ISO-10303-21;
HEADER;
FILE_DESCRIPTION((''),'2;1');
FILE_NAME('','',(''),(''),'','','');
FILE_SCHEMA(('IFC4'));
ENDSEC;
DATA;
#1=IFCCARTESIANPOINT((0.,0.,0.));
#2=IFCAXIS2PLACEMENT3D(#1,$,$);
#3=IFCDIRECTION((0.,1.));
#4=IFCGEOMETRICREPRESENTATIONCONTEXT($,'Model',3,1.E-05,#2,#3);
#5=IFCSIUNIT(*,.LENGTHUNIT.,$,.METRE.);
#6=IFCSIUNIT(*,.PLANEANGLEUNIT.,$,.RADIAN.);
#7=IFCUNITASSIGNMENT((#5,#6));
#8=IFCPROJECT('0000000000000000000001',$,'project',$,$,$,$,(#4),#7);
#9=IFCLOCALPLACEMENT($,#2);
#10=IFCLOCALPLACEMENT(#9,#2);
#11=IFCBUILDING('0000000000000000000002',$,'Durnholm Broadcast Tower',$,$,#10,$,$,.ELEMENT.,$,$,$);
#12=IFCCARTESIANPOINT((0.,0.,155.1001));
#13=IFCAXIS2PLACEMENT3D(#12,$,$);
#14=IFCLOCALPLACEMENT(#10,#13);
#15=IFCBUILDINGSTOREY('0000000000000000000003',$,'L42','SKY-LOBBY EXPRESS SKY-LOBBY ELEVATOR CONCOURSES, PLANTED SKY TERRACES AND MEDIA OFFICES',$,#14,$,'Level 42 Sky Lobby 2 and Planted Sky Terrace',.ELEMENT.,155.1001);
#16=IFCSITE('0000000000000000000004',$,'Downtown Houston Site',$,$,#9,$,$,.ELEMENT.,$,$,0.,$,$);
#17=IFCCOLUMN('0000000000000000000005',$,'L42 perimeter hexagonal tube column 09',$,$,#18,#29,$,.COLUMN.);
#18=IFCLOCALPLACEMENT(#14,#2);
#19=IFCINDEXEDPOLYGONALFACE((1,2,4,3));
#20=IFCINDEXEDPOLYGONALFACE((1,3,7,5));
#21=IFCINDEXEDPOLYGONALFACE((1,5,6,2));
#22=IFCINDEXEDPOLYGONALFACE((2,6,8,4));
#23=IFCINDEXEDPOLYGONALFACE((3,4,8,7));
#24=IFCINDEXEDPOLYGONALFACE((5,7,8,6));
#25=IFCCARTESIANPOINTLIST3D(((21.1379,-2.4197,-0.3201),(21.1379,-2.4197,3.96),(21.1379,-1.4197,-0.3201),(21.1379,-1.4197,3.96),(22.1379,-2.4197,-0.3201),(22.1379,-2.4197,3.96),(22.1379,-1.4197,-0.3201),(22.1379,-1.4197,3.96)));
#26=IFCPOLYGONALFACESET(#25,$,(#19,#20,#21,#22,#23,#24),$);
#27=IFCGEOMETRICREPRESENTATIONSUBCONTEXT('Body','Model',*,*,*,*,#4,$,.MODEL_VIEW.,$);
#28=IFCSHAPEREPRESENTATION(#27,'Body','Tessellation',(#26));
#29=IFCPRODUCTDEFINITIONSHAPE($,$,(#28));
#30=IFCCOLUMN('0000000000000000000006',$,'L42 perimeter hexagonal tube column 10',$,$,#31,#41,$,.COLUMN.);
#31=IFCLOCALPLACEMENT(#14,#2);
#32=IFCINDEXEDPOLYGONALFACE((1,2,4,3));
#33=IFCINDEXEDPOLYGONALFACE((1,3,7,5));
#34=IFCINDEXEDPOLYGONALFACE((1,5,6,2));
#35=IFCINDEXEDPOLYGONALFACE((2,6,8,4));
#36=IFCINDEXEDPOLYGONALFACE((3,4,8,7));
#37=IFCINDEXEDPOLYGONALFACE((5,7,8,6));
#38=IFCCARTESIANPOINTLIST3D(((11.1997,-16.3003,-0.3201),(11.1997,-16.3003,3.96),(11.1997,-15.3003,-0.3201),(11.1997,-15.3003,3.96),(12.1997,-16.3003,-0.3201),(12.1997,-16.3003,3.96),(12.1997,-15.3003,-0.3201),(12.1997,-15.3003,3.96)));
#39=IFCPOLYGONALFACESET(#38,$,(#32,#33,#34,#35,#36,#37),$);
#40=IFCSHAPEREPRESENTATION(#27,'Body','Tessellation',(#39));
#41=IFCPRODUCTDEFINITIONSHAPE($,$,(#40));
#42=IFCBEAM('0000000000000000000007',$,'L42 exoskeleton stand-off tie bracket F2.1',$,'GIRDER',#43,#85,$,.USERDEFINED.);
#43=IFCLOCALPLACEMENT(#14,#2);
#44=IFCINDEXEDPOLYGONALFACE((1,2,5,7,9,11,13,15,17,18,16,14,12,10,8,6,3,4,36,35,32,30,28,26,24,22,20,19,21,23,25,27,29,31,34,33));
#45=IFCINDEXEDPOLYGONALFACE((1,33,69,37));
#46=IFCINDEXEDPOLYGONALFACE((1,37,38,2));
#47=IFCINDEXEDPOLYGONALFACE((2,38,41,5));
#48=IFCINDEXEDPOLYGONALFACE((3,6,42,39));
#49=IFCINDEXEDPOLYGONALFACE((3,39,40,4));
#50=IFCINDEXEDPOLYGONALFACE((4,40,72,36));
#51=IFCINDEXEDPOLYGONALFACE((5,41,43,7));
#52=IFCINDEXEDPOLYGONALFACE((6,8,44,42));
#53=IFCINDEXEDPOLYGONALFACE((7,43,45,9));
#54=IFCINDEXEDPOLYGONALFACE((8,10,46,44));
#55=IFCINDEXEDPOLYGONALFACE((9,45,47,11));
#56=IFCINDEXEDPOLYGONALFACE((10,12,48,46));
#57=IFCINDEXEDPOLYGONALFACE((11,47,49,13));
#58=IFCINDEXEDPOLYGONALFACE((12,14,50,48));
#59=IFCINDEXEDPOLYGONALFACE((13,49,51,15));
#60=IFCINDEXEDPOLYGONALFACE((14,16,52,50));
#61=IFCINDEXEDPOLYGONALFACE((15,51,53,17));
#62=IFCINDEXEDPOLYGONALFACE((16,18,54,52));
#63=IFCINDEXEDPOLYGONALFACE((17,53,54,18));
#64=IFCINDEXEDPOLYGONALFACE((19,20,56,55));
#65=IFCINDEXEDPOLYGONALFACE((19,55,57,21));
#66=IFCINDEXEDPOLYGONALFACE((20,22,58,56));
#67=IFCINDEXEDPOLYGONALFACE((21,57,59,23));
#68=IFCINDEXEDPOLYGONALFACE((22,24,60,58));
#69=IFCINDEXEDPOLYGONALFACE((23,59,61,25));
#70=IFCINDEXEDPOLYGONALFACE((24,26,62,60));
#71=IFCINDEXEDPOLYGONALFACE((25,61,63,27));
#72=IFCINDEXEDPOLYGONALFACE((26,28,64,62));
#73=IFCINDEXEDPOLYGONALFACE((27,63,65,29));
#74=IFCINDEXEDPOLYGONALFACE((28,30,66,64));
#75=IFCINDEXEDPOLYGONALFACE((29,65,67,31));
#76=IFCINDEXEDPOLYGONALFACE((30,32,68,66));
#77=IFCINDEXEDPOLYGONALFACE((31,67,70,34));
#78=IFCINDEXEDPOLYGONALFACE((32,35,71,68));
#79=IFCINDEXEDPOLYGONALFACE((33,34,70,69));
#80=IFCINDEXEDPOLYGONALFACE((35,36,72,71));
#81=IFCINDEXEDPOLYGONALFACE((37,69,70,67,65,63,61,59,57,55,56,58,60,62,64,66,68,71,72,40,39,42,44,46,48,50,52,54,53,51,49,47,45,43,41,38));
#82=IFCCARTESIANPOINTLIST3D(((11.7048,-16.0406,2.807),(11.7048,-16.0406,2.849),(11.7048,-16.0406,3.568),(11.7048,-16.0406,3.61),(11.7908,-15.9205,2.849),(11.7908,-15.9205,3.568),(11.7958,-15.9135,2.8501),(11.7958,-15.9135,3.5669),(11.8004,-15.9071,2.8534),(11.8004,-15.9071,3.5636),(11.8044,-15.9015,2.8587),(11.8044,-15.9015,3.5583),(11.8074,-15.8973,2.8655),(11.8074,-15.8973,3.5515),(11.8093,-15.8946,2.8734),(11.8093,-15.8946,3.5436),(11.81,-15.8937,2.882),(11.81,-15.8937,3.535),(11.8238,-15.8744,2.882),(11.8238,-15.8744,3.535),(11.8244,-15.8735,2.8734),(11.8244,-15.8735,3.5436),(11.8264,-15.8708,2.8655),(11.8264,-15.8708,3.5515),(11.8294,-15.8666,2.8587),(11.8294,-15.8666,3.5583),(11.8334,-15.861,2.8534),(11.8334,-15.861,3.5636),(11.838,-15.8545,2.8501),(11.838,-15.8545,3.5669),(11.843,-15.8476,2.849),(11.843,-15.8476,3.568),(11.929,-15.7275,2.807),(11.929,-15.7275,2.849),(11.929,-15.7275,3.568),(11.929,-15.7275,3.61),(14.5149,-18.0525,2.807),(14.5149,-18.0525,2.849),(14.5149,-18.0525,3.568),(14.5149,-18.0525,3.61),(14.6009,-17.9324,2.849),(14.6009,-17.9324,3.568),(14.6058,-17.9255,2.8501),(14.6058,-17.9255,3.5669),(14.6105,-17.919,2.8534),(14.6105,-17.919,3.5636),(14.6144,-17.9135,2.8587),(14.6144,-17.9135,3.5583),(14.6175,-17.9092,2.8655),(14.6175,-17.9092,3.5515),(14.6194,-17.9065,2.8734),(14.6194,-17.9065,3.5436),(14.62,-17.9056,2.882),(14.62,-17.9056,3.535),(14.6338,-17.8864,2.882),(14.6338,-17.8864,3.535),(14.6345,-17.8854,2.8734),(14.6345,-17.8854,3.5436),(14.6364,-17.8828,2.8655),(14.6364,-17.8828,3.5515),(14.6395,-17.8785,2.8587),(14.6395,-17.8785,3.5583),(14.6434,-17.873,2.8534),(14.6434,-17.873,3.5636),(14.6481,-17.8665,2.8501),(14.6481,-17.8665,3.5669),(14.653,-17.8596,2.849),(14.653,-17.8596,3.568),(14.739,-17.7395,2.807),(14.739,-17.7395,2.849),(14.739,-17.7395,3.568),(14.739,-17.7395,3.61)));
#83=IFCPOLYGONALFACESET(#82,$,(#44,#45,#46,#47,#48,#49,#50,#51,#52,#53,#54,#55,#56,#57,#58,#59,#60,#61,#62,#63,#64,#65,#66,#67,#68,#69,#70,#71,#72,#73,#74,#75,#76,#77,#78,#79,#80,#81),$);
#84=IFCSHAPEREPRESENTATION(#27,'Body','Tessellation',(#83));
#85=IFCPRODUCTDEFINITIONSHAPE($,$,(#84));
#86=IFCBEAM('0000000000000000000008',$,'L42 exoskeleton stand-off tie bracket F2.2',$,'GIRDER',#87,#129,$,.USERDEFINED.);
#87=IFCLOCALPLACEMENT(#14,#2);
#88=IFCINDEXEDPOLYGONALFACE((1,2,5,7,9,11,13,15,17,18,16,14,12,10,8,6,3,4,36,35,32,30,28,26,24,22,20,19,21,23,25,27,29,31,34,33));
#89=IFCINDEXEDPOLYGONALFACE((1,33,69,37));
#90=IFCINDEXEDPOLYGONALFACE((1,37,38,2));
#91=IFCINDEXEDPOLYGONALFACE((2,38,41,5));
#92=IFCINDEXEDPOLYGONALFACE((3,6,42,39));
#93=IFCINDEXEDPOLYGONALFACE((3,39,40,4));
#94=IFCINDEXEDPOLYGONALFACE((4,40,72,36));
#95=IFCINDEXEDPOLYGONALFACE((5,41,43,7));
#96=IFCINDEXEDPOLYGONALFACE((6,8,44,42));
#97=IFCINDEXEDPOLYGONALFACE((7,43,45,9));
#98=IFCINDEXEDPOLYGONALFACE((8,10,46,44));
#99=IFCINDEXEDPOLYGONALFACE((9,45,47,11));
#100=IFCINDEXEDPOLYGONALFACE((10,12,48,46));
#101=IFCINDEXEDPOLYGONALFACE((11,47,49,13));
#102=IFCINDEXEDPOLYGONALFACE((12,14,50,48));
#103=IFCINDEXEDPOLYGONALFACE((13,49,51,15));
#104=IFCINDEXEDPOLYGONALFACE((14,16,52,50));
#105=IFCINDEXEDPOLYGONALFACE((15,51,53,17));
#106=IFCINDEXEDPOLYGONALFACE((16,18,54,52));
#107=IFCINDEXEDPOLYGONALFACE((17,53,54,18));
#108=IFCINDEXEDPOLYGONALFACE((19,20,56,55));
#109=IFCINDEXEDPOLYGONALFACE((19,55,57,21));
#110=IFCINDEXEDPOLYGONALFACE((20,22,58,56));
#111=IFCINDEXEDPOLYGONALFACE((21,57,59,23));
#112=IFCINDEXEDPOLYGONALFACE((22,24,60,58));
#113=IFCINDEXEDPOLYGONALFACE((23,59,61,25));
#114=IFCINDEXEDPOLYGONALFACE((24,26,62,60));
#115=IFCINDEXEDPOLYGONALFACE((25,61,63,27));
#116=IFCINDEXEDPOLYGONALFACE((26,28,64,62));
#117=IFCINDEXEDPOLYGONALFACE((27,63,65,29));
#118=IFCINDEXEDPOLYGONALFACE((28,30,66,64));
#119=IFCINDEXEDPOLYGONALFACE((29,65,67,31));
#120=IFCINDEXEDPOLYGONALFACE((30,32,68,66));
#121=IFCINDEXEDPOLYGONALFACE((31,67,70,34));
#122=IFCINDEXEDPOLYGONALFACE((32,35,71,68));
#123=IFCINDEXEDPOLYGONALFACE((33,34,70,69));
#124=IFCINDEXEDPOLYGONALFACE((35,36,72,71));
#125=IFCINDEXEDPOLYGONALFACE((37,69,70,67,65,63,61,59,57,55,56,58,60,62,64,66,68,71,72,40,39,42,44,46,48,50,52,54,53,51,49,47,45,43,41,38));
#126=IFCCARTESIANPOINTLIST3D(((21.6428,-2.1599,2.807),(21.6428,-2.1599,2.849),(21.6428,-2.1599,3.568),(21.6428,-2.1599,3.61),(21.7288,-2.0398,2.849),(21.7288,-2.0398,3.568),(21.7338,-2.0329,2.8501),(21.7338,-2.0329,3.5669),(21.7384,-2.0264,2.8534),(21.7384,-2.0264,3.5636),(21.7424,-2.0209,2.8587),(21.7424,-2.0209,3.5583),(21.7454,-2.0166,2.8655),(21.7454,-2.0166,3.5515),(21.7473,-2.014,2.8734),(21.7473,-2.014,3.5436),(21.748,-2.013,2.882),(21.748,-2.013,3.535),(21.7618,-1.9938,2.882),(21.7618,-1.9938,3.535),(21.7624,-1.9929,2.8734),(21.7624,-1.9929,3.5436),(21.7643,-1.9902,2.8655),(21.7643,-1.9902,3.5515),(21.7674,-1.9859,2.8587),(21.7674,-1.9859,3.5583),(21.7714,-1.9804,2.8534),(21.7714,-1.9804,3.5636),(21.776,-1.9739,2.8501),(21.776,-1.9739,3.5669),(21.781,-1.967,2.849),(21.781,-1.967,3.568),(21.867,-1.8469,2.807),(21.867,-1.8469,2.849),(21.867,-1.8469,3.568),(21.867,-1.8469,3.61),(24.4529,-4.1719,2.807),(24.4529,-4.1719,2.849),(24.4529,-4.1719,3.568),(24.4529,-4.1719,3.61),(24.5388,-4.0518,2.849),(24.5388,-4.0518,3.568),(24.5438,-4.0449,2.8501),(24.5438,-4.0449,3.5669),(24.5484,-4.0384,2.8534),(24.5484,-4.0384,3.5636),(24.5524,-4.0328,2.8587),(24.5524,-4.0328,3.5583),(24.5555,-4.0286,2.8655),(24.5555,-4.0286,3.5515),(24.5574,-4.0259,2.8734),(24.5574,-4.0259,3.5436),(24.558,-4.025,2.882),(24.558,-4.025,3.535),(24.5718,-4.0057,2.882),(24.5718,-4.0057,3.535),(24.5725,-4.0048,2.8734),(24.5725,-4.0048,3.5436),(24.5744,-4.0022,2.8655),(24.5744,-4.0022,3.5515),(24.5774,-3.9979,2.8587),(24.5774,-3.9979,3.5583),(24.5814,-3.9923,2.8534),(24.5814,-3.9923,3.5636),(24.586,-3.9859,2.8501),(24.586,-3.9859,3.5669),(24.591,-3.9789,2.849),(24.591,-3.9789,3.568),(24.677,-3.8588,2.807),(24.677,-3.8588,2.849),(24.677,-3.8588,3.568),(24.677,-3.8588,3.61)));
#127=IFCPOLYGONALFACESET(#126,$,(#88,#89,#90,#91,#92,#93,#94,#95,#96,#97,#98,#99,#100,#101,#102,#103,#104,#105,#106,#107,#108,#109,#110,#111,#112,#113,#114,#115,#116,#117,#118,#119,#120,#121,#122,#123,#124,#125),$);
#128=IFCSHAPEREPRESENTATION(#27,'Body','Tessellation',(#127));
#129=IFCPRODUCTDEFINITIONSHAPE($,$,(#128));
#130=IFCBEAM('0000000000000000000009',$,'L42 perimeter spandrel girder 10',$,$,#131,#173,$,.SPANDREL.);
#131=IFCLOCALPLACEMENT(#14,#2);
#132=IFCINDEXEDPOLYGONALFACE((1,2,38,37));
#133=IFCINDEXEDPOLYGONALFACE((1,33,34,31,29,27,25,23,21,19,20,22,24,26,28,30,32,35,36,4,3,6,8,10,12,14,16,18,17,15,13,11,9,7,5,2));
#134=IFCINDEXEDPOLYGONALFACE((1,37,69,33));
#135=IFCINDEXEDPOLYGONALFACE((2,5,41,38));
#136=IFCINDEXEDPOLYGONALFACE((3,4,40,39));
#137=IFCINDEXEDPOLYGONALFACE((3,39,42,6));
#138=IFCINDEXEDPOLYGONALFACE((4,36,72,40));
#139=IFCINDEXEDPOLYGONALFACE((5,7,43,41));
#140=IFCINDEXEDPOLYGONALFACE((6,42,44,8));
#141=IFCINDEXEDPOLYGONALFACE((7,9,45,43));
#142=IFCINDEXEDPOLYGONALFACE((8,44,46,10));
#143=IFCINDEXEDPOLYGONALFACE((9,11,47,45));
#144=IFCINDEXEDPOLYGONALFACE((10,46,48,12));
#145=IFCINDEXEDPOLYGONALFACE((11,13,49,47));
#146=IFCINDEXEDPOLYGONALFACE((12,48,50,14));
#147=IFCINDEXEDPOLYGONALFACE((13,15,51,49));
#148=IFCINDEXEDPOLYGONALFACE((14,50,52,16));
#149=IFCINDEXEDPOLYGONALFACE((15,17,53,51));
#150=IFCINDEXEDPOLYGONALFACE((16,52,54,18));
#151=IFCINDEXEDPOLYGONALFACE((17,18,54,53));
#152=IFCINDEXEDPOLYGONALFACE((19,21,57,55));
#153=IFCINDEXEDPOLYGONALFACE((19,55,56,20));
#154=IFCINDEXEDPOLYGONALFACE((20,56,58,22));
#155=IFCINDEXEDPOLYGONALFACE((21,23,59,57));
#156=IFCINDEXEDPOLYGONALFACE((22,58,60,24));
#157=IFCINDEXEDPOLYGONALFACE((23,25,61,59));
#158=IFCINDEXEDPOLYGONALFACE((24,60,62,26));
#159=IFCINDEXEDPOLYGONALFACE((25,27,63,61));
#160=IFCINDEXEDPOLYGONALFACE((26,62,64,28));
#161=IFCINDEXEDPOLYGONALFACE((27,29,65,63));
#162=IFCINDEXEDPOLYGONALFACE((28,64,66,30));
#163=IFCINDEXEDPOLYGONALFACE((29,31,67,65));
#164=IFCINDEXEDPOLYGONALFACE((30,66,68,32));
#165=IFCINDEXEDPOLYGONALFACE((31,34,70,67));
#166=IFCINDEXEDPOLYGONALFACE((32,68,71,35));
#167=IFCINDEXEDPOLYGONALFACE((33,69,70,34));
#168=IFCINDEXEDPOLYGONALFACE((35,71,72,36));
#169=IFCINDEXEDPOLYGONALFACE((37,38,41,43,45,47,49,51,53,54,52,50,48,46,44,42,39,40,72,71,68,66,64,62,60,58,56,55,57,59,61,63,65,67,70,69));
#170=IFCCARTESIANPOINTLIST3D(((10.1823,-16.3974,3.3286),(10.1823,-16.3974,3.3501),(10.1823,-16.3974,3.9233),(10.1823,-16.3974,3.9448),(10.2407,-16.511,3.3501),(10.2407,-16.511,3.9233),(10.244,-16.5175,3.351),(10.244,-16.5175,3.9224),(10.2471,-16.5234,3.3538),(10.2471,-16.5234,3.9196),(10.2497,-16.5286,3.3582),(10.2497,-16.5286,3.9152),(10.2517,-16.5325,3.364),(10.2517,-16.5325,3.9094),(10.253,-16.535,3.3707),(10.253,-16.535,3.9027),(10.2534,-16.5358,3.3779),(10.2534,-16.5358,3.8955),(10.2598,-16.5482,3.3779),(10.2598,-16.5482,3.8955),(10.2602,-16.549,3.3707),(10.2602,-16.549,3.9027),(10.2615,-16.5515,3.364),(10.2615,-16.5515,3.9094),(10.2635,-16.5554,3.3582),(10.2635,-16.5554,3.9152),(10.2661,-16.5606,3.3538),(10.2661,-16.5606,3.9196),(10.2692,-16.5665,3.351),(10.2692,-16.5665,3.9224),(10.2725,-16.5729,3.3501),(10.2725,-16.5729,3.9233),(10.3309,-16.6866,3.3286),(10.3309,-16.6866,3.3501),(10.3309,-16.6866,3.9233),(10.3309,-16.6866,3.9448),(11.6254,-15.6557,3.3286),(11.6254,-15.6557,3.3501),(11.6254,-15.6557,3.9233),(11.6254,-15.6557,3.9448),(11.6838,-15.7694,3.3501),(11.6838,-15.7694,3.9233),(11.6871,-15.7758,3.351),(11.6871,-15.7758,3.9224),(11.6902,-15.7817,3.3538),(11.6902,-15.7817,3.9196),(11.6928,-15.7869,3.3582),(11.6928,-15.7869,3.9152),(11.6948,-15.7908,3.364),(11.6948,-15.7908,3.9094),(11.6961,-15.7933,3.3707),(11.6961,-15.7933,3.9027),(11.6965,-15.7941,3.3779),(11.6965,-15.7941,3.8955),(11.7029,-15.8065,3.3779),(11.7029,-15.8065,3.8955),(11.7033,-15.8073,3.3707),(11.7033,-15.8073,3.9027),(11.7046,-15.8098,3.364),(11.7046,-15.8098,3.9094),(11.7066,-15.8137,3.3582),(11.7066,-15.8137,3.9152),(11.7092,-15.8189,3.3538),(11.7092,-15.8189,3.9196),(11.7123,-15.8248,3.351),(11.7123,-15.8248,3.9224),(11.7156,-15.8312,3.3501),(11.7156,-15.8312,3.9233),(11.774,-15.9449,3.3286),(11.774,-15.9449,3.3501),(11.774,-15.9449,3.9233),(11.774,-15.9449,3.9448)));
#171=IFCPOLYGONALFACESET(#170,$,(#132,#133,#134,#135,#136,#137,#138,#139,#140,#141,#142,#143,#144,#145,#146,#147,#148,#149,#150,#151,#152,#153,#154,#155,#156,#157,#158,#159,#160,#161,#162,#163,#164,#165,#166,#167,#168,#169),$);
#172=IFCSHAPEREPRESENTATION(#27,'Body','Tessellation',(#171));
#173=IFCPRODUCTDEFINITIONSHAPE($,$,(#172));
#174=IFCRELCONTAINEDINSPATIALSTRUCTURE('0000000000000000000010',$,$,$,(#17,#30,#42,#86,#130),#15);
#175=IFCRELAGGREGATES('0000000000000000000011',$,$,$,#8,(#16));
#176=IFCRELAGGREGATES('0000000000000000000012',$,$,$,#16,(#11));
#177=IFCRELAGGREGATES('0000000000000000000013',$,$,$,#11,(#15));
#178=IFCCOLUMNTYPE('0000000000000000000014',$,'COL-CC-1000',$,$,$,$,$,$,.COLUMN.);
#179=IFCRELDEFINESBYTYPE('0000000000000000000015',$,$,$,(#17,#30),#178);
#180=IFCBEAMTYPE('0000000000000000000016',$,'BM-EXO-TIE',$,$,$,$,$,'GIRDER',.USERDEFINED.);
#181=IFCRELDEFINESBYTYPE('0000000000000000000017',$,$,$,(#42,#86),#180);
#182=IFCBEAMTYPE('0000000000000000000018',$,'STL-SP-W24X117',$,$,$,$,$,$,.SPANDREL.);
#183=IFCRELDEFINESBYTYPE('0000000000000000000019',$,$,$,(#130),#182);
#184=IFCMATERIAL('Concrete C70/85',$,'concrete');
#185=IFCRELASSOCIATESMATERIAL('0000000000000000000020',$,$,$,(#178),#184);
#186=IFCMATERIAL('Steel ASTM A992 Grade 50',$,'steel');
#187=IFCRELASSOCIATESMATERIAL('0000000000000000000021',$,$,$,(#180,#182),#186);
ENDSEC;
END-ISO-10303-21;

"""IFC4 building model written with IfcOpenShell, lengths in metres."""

from ifc_helpers import new_model, si_unit, direction, frame, origin, origin_2d, place, context, subcontext, project, spatial, rectangle, i_section, extrude, source, transform, mapped, material, material_profile, profile_set, type_object, type_shapes, element, save


model = new_model("IFC4")

# Units and contexts
model_context = context("Model", 3, precision=1e-05, world=origin(), true_north=direction((0.0, 1.0)))
body_context = subcontext(model_context, "Body", "Model", "MODEL_VIEW")
ifc_project = project(units=[si_unit("LENGTHUNIT", "METRE"), si_unit("PLANEANGLEUNIT", "RADIAN")], contexts=[model_context])

# Site, building, storey
site_placement = place(None, origin())
site = spatial("IfcSite", under=ifc_project, at=site_placement, Name="Downtown Houston Site", CompositionType="ELEMENT", RefElevation=0.0)
building_placement = place(site_placement, origin())
building = spatial("IfcBuilding", under=site, at=building_placement, Name="Durnholm Broadcast Tower", CompositionType="ELEMENT")
storey_placement = place(building_placement, frame((0.0, 0.0, 155.1001)))
storey = spatial("IfcBuildingStorey", under=building, at=storey_placement, Name="L42", Description="SKY-LOBBY EXPRESS SKY-LOBBY ELEVATOR CONCOURSES, PLANTED SKY TERRACES AND MEDIA OFFICES", LongName="Level 42 Sky Lobby 2 and Planted Sky Terrace", CompositionType="ELEMENT", Elevation=155.1001)

# Columns
ifc_material_1 = material(Name="Concrete C70/85", Category="concrete")
ifc_material_profile_1 = material_profile(ifc_material_1, rectangle(XDim=1.0, YDim=1.0, at=origin_2d()), Name="RC1000X1000")
ifc_profile_set_1 = profile_set([ifc_material_profile_1], Name="Concrete C70/85")
column_type = type_object("IfcColumnType", Name="COL-CC-1000", PredefinedType="COLUMN", material=ifc_profile_set_1)
shared_shape_1 = source(origin(), body_context, "Body", "SweptSolid", [
    extrude(rectangle(XDim=1.0, YDim=1.0, at=origin_2d()), origin(), (0.0, 0.0, 1.0), 4.28),
])
type_shapes(column_type, [shared_shape_1])
for number, where, z_axis, x_axis, name in (
    (1, (21.6379, -1.9197, -0.3201), (0.0, 0.0, 1.0), (1.0, 0.0, 0.0), "L42 perimeter hexagonal tube column 09"),
    (2, (11.6997, -15.8003, -0.3201), (0.0, 0.0, 1.0), (1.0, 0.0, 0.0), "L42 perimeter hexagonal tube column 10"),
):
    element("IfcColumn", number, at=place(storey_placement, frame(where, z_axis=z_axis, x_axis=x_axis)), inside=storey, type_object=column_type, Name=name, PredefinedType="COLUMN", context=body_context, shape_type="MappedRepresentation", body=[
        mapped(shared_shape_1, transform((0.0, 0.0, 0.0), x_axis=(1.0, 0.0, 0.0), y_axis=(0.0, 1.0, 0.0), z_axis=(0.0, 0.0, 1.0), scale=1.0)),
    ])

# Beams
ifc_material_2 = material(Name="Steel ASTM A992 Grade 50", Category="steel")
ifc_material_profile_2 = material_profile(ifc_material_2, i_section(OverallWidth=0.385, OverallDepth=0.803, WebThickness=0.0237, FlangeThickness=0.042, FilletRadius=0.033, at=origin_2d()), Name="W30X261")
ifc_profile_set_2 = profile_set([ifc_material_profile_2], Name="Steel ASTM A992 Grade 50")
beam_type_1 = type_object("IfcBeamType", Name="BM-EXO-TIE", ElementType="GIRDER", PredefinedType="USERDEFINED", material=ifc_profile_set_2)
shared_shape_2 = source(origin(), body_context, "Body", "SweptSolid", [
    extrude(i_section(OverallWidth=0.385, OverallDepth=0.803, WebThickness=0.0237, FlangeThickness=0.042, FilletRadius=0.033, at=origin_2d()), origin(), (0.0, 0.0, 1.0), 3.4561),
])
for number, where, z_axis, x_axis, name in (
    (3, (11.8169, -15.884, 3.2085), (0.813079, -0.582153, 0.0), (0.582153, 0.813079, 0.0), "L42 exoskeleton stand-off tie bracket F2.1"),
    (4, (21.7549, -2.0034, 3.2085), (0.813079, -0.582153, 0.0), (0.582153, 0.813079, 0.0), "L42 exoskeleton stand-off tie bracket F2.2"),
):
    element("IfcBeam", number, at=place(storey_placement, frame(where, z_axis=z_axis, x_axis=x_axis)), inside=storey, type_object=beam_type_1, Name=name, ObjectType="GIRDER", PredefinedType="USERDEFINED", context=body_context, shape_type="MappedRepresentation", body=[
        mapped(shared_shape_2, transform((0.0, 0.0, 0.0), x_axis=(1.0, 0.0, 0.0), y_axis=(0.0, 1.0, 0.0), z_axis=(0.0, 0.0, 1.0), scale=1.0)),
    ])
ifc_material_profile_3 = material_profile(ifc_material_2, i_section(OverallWidth=0.3252, OverallDepth=0.6162, WebThickness=0.0139, FlangeThickness=0.0215, FilletRadius=0.0278, at=origin_2d()), Name="W24X117")
ifc_profile_set_3 = profile_set([ifc_material_profile_3], Name="Steel ASTM A992 Grade 50")
beam_type_2 = type_object("IfcBeamType", Name="STL-SP-W24X117", PredefinedType="SPANDREL", material=ifc_profile_set_3)
shared_shape_3 = source(origin(), body_context, "Body", "SweptSolid", [
    extrude(i_section(OverallWidth=0.3252, OverallDepth=0.6162, WebThickness=0.0139, FlangeThickness=0.0215, FilletRadius=0.0278, at=origin_2d()), origin(), (0.0, 0.0, 1.0), 1.6226),
])
beam_1_placement = place(storey_placement, frame((11.6997, -15.8003, 3.6367), z_axis=(-0.889407, -0.457117, 0.0), x_axis=(0.457117, -0.889407, 0.0)))
element("IfcBeam", 5, at=beam_1_placement, inside=storey, type_object=beam_type_2, Name="L42 perimeter spandrel girder 10", PredefinedType="SPANDREL", context=body_context, shape_type="MappedRepresentation", body=[
    mapped(shared_shape_3, transform((0.0, 0.0, 0.0), x_axis=(1.0, 0.0, 0.0), y_axis=(0.0, 1.0, 0.0), z_axis=(0.0, 0.0, 1.0), scale=1.0)),
])

save(model, "model.ifc")
